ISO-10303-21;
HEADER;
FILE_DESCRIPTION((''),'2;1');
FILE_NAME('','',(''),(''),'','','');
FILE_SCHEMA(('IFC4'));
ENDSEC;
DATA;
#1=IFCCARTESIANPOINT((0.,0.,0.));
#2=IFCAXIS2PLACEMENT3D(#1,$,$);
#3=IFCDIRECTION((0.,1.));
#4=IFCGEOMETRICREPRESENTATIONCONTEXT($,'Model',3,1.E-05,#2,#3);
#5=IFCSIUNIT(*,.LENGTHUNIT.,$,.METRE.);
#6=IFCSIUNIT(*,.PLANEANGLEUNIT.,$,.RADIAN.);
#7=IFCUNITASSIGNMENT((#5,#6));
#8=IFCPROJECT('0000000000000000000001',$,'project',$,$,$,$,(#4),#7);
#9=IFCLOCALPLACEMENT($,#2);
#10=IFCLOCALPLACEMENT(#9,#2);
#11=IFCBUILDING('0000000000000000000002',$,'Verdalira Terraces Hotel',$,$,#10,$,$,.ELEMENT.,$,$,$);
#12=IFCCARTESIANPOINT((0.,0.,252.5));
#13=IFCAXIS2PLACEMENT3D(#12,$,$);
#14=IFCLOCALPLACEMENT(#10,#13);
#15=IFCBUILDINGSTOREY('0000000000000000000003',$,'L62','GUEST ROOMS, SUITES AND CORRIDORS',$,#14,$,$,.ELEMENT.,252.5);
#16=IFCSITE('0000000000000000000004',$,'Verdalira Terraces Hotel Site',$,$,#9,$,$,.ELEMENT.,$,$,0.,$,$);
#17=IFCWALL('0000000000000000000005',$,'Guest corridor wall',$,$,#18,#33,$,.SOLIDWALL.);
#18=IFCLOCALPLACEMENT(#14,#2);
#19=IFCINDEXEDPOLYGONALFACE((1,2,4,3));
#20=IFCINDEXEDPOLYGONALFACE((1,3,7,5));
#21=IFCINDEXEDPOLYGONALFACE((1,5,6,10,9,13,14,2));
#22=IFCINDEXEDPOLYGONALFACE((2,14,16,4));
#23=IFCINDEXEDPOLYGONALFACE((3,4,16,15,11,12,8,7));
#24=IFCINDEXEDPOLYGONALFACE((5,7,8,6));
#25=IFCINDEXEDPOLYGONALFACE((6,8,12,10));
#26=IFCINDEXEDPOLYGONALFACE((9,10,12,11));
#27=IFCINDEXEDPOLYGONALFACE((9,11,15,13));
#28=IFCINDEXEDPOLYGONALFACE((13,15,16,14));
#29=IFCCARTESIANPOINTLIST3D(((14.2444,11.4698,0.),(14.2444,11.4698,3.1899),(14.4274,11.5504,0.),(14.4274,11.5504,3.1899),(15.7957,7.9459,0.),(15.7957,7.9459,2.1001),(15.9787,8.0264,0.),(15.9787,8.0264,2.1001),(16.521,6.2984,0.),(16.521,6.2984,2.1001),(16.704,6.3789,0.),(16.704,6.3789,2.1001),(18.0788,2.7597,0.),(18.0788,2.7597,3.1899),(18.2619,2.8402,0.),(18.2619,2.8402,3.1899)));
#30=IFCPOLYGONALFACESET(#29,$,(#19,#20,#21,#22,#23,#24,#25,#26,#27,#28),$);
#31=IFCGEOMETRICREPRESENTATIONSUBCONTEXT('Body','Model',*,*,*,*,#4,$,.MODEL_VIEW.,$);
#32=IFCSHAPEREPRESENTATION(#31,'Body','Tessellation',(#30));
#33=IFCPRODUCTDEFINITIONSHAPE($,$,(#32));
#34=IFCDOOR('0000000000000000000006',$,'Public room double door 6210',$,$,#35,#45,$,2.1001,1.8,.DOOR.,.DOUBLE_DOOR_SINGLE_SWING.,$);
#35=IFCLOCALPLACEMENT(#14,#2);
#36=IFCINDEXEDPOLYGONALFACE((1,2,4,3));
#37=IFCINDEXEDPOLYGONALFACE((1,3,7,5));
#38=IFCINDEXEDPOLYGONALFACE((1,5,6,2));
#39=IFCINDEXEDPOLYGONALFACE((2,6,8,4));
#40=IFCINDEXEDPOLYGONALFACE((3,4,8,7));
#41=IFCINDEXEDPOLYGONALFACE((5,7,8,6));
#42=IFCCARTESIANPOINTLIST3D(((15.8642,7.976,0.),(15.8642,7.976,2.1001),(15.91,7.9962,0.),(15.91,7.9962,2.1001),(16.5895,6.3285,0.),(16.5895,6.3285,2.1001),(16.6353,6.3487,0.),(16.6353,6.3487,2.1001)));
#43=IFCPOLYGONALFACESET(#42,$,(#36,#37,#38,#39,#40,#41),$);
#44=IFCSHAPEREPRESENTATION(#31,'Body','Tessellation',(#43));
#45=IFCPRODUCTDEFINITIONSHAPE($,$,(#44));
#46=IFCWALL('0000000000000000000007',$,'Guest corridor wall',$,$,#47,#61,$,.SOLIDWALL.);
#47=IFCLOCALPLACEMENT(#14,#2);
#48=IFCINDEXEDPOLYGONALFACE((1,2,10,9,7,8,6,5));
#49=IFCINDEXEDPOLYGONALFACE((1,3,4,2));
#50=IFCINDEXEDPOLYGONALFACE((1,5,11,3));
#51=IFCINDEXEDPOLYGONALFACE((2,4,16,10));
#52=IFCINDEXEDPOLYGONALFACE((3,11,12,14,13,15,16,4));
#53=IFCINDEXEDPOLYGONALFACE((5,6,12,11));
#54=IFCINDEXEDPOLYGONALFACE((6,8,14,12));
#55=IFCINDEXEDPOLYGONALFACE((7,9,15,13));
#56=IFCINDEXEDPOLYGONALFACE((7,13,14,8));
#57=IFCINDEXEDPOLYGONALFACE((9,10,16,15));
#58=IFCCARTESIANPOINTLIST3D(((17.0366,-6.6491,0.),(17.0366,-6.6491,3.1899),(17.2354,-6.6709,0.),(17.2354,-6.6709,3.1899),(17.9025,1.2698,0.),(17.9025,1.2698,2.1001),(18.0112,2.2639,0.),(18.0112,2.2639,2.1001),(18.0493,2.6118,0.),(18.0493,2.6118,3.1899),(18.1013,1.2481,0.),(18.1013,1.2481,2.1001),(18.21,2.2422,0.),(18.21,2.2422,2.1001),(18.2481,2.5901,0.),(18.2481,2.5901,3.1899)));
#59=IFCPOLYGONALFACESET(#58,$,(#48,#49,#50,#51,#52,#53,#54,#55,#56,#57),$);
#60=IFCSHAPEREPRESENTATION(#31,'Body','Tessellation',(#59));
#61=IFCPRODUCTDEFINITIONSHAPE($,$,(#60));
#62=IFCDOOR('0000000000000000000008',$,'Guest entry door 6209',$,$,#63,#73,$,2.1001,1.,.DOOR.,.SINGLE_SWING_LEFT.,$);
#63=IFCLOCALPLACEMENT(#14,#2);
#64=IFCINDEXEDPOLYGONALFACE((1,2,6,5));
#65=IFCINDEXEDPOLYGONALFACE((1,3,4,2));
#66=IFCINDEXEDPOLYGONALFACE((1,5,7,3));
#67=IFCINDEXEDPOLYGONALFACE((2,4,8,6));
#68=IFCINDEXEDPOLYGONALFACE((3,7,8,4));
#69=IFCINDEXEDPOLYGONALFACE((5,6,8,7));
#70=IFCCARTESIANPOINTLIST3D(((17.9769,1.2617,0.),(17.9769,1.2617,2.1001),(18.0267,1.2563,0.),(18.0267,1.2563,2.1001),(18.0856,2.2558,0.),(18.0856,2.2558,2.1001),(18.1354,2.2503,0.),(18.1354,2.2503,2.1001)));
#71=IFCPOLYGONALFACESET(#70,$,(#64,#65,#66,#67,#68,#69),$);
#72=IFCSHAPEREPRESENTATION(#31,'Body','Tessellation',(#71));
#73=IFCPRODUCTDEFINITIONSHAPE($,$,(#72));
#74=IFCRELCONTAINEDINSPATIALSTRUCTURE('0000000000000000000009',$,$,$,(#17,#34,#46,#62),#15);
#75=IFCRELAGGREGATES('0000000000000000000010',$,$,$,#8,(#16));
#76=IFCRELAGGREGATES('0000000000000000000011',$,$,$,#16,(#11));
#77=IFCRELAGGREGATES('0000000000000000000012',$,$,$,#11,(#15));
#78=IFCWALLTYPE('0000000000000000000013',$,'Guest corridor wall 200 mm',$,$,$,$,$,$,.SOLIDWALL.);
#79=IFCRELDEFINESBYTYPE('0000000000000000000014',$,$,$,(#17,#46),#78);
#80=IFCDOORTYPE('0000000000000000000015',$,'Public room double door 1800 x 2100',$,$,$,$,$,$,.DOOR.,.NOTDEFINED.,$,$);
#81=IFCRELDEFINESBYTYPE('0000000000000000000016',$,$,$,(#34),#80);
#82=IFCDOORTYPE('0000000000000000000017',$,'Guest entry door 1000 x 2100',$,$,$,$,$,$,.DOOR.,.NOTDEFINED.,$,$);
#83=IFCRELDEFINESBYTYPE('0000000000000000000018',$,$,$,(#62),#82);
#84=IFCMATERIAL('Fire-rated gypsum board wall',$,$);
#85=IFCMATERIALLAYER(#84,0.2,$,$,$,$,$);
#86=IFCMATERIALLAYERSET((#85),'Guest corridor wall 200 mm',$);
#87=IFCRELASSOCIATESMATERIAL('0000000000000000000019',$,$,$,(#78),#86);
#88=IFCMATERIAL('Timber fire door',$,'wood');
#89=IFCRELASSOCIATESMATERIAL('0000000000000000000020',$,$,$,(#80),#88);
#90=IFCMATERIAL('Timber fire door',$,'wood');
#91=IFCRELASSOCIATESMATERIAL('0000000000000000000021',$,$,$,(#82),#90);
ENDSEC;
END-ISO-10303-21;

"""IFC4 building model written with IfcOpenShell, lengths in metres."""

from ifc_helpers import new_model, si_unit, direction, frame, frame_2d, origin, place, context, subcontext, project, spatial, rectangle, extrude, material, layer, layer_set, type_object, element, fill, save


model = new_model("IFC4")

# Units and contexts
model_context = context("Model", 3, precision=1e-05, world=origin(), true_north=direction((0.0, 1.0)))
body_context = subcontext(model_context, "Body", "Model", "MODEL_VIEW")
ifc_project = project(units=[si_unit("LENGTHUNIT", "METRE"), si_unit("PLANEANGLEUNIT", "RADIAN")], contexts=[model_context])

# Site, building, storey
site_placement = place(None, origin())
site = spatial("IfcSite", under=ifc_project, at=site_placement, Name="Verdalira Terraces Hotel Site", CompositionType="ELEMENT", RefElevation=0.0)
building_placement = place(site_placement, origin())
building = spatial("IfcBuilding", under=site, at=building_placement, Name="Verdalira Terraces Hotel", CompositionType="ELEMENT")
storey_placement = place(building_placement, frame((0.0, 0.0, 252.5)))
storey = spatial("IfcBuildingStorey", under=building, at=storey_placement, Name="L62", Description="GUEST ROOMS, SUITES AND CORRIDORS", CompositionType="ELEMENT", Elevation=252.5)

# Walls, openings, doors
ifc_material_1 = material(Name="Fire-rated gypsum board wall")
ifc_layer_1 = layer(ifc_material_1, 0.2)
ifc_layer_set_1 = layer_set([ifc_layer_1], Name="Guest corridor wall 200 mm")
wall_type_1 = type_object("IfcWallType", Name="Guest corridor wall 200 mm", PredefinedType="SOLIDWALL", material=ifc_layer_set_1)
wall_1_placement = place(storey_placement, frame((14.3359, 11.51, 0.0), z_axis=(0.0, 0.0, 1.0), x_axis=(0.402913, -0.915238, 0.0)))
wall_1 = element("IfcWall", 1, at=wall_1_placement, inside=storey, type_object=wall_type_1, Name="Guest corridor wall", PredefinedType="SOLIDWALL", context=body_context, shape_type="SweptSolid", body=[
    extrude(rectangle(XDim=9.5168, YDim=0.2, at=frame_2d((4.7583, 0.0))), origin(), (0.0, 0.0, 1.0), 3.1899),
])
opening_1_placement = place(wall_1_placement, frame((3.8503, 0.0, 0.0)))
opening_1 = element("IfcOpeningElement", 2, at=opening_1_placement, cuts=wall_1, PredefinedType="OPENING", context=body_context, shape_type="SweptSolid", body=[
    extrude(rectangle(XDim=1.8, YDim=2.1001, at=frame_2d((0.8999, 1.05))), frame((0.0, 0.1099, 0.0), z_axis=(0.0, -1.0, 0.0), x_axis=(1.0, 0.0, 0.0)), (0.0, 0.0, 1.0), 0.22),
])
ifc_material_2 = material(Name="Timber fire door", Category="wood")
door_type_1 = type_object("IfcDoorType", Name="Public room double door 1800 x 2100", OperationType="NOTDEFINED", PredefinedType="DOOR", material=ifc_material_2)
door_1_placement = place(opening_1_placement, origin())
door_1 = element("IfcDoor", 3, at=door_1_placement, inside=storey, type_object=door_type_1, Name="Public room double door 6210", OperationType="DOUBLE_DOOR_SINGLE_SWING", OverallHeight=2.1001, OverallWidth=1.8, PredefinedType="DOOR", context=body_context, shape_type="SweptSolid", body=[
    extrude(rectangle(XDim=1.8, YDim=2.1001, at=frame_2d((0.8999, 1.05))), frame((0.0, 0.0249, 0.0), z_axis=(0.0, -1.0, 0.0), x_axis=(1.0, 0.0, 0.0)), (0.0, 0.0, 1.0), 0.05),
])
fill(opening_1, door_1)
wall_2_placement = place(storey_placement, frame((18.1487, 2.6011, 0.0), z_axis=(0.0, 0.0, 1.0), x_axis=(-0.108703, -0.994074, 0.0)))
wall_2 = element("IfcWall", 4, at=wall_2_placement, inside=storey, type_object=wall_type_1, Name="Guest corridor wall", PredefinedType="SOLIDWALL", context=body_context, shape_type="SweptSolid", body=[
    extrude(rectangle(XDim=9.3162, YDim=0.2, at=frame_2d((4.6582, 0.0))), origin(), (0.0, 0.0, 1.0), 3.1899),
])
opening_2_placement = place(wall_2_placement, frame((0.3501, 0.0, 0.0)))
opening_2 = element("IfcOpeningElement", 5, at=opening_2_placement, cuts=wall_2, PredefinedType="OPENING", context=body_context, shape_type="SweptSolid", body=[
    extrude(rectangle(XDim=1.0, YDim=2.1001, at=frame_2d((0.5, 1.05))), frame((0.0, 0.1099, 0.0), z_axis=(0.0, -1.0, 0.0), x_axis=(1.0, 0.0, 0.0)), (0.0, 0.0, 1.0), 0.22),
])
ifc_material_3 = material(Name="Timber fire door", Category="wood")
door_type_2 = type_object("IfcDoorType", Name="Guest entry door 1000 x 2100", OperationType="NOTDEFINED", PredefinedType="DOOR", material=ifc_material_3)
door_2_placement = place(opening_2_placement, origin())
door_2 = element("IfcDoor", 6, at=door_2_placement, inside=storey, type_object=door_type_2, Name="Guest entry door 6209", OperationType="SINGLE_SWING_LEFT", OverallHeight=2.1001, OverallWidth=1.0, PredefinedType="DOOR", context=body_context, shape_type="SweptSolid", body=[
    extrude(rectangle(XDim=1.0, YDim=2.1001, at=frame_2d((0.5, 1.05))), frame((0.0, 0.0249, 0.0), z_axis=(0.0, -1.0, 0.0), x_axis=(1.0, 0.0, 0.0)), (0.0, 0.0, 1.0), 0.05),
])
fill(opening_2, door_2)

save(model, "model.ifc")
